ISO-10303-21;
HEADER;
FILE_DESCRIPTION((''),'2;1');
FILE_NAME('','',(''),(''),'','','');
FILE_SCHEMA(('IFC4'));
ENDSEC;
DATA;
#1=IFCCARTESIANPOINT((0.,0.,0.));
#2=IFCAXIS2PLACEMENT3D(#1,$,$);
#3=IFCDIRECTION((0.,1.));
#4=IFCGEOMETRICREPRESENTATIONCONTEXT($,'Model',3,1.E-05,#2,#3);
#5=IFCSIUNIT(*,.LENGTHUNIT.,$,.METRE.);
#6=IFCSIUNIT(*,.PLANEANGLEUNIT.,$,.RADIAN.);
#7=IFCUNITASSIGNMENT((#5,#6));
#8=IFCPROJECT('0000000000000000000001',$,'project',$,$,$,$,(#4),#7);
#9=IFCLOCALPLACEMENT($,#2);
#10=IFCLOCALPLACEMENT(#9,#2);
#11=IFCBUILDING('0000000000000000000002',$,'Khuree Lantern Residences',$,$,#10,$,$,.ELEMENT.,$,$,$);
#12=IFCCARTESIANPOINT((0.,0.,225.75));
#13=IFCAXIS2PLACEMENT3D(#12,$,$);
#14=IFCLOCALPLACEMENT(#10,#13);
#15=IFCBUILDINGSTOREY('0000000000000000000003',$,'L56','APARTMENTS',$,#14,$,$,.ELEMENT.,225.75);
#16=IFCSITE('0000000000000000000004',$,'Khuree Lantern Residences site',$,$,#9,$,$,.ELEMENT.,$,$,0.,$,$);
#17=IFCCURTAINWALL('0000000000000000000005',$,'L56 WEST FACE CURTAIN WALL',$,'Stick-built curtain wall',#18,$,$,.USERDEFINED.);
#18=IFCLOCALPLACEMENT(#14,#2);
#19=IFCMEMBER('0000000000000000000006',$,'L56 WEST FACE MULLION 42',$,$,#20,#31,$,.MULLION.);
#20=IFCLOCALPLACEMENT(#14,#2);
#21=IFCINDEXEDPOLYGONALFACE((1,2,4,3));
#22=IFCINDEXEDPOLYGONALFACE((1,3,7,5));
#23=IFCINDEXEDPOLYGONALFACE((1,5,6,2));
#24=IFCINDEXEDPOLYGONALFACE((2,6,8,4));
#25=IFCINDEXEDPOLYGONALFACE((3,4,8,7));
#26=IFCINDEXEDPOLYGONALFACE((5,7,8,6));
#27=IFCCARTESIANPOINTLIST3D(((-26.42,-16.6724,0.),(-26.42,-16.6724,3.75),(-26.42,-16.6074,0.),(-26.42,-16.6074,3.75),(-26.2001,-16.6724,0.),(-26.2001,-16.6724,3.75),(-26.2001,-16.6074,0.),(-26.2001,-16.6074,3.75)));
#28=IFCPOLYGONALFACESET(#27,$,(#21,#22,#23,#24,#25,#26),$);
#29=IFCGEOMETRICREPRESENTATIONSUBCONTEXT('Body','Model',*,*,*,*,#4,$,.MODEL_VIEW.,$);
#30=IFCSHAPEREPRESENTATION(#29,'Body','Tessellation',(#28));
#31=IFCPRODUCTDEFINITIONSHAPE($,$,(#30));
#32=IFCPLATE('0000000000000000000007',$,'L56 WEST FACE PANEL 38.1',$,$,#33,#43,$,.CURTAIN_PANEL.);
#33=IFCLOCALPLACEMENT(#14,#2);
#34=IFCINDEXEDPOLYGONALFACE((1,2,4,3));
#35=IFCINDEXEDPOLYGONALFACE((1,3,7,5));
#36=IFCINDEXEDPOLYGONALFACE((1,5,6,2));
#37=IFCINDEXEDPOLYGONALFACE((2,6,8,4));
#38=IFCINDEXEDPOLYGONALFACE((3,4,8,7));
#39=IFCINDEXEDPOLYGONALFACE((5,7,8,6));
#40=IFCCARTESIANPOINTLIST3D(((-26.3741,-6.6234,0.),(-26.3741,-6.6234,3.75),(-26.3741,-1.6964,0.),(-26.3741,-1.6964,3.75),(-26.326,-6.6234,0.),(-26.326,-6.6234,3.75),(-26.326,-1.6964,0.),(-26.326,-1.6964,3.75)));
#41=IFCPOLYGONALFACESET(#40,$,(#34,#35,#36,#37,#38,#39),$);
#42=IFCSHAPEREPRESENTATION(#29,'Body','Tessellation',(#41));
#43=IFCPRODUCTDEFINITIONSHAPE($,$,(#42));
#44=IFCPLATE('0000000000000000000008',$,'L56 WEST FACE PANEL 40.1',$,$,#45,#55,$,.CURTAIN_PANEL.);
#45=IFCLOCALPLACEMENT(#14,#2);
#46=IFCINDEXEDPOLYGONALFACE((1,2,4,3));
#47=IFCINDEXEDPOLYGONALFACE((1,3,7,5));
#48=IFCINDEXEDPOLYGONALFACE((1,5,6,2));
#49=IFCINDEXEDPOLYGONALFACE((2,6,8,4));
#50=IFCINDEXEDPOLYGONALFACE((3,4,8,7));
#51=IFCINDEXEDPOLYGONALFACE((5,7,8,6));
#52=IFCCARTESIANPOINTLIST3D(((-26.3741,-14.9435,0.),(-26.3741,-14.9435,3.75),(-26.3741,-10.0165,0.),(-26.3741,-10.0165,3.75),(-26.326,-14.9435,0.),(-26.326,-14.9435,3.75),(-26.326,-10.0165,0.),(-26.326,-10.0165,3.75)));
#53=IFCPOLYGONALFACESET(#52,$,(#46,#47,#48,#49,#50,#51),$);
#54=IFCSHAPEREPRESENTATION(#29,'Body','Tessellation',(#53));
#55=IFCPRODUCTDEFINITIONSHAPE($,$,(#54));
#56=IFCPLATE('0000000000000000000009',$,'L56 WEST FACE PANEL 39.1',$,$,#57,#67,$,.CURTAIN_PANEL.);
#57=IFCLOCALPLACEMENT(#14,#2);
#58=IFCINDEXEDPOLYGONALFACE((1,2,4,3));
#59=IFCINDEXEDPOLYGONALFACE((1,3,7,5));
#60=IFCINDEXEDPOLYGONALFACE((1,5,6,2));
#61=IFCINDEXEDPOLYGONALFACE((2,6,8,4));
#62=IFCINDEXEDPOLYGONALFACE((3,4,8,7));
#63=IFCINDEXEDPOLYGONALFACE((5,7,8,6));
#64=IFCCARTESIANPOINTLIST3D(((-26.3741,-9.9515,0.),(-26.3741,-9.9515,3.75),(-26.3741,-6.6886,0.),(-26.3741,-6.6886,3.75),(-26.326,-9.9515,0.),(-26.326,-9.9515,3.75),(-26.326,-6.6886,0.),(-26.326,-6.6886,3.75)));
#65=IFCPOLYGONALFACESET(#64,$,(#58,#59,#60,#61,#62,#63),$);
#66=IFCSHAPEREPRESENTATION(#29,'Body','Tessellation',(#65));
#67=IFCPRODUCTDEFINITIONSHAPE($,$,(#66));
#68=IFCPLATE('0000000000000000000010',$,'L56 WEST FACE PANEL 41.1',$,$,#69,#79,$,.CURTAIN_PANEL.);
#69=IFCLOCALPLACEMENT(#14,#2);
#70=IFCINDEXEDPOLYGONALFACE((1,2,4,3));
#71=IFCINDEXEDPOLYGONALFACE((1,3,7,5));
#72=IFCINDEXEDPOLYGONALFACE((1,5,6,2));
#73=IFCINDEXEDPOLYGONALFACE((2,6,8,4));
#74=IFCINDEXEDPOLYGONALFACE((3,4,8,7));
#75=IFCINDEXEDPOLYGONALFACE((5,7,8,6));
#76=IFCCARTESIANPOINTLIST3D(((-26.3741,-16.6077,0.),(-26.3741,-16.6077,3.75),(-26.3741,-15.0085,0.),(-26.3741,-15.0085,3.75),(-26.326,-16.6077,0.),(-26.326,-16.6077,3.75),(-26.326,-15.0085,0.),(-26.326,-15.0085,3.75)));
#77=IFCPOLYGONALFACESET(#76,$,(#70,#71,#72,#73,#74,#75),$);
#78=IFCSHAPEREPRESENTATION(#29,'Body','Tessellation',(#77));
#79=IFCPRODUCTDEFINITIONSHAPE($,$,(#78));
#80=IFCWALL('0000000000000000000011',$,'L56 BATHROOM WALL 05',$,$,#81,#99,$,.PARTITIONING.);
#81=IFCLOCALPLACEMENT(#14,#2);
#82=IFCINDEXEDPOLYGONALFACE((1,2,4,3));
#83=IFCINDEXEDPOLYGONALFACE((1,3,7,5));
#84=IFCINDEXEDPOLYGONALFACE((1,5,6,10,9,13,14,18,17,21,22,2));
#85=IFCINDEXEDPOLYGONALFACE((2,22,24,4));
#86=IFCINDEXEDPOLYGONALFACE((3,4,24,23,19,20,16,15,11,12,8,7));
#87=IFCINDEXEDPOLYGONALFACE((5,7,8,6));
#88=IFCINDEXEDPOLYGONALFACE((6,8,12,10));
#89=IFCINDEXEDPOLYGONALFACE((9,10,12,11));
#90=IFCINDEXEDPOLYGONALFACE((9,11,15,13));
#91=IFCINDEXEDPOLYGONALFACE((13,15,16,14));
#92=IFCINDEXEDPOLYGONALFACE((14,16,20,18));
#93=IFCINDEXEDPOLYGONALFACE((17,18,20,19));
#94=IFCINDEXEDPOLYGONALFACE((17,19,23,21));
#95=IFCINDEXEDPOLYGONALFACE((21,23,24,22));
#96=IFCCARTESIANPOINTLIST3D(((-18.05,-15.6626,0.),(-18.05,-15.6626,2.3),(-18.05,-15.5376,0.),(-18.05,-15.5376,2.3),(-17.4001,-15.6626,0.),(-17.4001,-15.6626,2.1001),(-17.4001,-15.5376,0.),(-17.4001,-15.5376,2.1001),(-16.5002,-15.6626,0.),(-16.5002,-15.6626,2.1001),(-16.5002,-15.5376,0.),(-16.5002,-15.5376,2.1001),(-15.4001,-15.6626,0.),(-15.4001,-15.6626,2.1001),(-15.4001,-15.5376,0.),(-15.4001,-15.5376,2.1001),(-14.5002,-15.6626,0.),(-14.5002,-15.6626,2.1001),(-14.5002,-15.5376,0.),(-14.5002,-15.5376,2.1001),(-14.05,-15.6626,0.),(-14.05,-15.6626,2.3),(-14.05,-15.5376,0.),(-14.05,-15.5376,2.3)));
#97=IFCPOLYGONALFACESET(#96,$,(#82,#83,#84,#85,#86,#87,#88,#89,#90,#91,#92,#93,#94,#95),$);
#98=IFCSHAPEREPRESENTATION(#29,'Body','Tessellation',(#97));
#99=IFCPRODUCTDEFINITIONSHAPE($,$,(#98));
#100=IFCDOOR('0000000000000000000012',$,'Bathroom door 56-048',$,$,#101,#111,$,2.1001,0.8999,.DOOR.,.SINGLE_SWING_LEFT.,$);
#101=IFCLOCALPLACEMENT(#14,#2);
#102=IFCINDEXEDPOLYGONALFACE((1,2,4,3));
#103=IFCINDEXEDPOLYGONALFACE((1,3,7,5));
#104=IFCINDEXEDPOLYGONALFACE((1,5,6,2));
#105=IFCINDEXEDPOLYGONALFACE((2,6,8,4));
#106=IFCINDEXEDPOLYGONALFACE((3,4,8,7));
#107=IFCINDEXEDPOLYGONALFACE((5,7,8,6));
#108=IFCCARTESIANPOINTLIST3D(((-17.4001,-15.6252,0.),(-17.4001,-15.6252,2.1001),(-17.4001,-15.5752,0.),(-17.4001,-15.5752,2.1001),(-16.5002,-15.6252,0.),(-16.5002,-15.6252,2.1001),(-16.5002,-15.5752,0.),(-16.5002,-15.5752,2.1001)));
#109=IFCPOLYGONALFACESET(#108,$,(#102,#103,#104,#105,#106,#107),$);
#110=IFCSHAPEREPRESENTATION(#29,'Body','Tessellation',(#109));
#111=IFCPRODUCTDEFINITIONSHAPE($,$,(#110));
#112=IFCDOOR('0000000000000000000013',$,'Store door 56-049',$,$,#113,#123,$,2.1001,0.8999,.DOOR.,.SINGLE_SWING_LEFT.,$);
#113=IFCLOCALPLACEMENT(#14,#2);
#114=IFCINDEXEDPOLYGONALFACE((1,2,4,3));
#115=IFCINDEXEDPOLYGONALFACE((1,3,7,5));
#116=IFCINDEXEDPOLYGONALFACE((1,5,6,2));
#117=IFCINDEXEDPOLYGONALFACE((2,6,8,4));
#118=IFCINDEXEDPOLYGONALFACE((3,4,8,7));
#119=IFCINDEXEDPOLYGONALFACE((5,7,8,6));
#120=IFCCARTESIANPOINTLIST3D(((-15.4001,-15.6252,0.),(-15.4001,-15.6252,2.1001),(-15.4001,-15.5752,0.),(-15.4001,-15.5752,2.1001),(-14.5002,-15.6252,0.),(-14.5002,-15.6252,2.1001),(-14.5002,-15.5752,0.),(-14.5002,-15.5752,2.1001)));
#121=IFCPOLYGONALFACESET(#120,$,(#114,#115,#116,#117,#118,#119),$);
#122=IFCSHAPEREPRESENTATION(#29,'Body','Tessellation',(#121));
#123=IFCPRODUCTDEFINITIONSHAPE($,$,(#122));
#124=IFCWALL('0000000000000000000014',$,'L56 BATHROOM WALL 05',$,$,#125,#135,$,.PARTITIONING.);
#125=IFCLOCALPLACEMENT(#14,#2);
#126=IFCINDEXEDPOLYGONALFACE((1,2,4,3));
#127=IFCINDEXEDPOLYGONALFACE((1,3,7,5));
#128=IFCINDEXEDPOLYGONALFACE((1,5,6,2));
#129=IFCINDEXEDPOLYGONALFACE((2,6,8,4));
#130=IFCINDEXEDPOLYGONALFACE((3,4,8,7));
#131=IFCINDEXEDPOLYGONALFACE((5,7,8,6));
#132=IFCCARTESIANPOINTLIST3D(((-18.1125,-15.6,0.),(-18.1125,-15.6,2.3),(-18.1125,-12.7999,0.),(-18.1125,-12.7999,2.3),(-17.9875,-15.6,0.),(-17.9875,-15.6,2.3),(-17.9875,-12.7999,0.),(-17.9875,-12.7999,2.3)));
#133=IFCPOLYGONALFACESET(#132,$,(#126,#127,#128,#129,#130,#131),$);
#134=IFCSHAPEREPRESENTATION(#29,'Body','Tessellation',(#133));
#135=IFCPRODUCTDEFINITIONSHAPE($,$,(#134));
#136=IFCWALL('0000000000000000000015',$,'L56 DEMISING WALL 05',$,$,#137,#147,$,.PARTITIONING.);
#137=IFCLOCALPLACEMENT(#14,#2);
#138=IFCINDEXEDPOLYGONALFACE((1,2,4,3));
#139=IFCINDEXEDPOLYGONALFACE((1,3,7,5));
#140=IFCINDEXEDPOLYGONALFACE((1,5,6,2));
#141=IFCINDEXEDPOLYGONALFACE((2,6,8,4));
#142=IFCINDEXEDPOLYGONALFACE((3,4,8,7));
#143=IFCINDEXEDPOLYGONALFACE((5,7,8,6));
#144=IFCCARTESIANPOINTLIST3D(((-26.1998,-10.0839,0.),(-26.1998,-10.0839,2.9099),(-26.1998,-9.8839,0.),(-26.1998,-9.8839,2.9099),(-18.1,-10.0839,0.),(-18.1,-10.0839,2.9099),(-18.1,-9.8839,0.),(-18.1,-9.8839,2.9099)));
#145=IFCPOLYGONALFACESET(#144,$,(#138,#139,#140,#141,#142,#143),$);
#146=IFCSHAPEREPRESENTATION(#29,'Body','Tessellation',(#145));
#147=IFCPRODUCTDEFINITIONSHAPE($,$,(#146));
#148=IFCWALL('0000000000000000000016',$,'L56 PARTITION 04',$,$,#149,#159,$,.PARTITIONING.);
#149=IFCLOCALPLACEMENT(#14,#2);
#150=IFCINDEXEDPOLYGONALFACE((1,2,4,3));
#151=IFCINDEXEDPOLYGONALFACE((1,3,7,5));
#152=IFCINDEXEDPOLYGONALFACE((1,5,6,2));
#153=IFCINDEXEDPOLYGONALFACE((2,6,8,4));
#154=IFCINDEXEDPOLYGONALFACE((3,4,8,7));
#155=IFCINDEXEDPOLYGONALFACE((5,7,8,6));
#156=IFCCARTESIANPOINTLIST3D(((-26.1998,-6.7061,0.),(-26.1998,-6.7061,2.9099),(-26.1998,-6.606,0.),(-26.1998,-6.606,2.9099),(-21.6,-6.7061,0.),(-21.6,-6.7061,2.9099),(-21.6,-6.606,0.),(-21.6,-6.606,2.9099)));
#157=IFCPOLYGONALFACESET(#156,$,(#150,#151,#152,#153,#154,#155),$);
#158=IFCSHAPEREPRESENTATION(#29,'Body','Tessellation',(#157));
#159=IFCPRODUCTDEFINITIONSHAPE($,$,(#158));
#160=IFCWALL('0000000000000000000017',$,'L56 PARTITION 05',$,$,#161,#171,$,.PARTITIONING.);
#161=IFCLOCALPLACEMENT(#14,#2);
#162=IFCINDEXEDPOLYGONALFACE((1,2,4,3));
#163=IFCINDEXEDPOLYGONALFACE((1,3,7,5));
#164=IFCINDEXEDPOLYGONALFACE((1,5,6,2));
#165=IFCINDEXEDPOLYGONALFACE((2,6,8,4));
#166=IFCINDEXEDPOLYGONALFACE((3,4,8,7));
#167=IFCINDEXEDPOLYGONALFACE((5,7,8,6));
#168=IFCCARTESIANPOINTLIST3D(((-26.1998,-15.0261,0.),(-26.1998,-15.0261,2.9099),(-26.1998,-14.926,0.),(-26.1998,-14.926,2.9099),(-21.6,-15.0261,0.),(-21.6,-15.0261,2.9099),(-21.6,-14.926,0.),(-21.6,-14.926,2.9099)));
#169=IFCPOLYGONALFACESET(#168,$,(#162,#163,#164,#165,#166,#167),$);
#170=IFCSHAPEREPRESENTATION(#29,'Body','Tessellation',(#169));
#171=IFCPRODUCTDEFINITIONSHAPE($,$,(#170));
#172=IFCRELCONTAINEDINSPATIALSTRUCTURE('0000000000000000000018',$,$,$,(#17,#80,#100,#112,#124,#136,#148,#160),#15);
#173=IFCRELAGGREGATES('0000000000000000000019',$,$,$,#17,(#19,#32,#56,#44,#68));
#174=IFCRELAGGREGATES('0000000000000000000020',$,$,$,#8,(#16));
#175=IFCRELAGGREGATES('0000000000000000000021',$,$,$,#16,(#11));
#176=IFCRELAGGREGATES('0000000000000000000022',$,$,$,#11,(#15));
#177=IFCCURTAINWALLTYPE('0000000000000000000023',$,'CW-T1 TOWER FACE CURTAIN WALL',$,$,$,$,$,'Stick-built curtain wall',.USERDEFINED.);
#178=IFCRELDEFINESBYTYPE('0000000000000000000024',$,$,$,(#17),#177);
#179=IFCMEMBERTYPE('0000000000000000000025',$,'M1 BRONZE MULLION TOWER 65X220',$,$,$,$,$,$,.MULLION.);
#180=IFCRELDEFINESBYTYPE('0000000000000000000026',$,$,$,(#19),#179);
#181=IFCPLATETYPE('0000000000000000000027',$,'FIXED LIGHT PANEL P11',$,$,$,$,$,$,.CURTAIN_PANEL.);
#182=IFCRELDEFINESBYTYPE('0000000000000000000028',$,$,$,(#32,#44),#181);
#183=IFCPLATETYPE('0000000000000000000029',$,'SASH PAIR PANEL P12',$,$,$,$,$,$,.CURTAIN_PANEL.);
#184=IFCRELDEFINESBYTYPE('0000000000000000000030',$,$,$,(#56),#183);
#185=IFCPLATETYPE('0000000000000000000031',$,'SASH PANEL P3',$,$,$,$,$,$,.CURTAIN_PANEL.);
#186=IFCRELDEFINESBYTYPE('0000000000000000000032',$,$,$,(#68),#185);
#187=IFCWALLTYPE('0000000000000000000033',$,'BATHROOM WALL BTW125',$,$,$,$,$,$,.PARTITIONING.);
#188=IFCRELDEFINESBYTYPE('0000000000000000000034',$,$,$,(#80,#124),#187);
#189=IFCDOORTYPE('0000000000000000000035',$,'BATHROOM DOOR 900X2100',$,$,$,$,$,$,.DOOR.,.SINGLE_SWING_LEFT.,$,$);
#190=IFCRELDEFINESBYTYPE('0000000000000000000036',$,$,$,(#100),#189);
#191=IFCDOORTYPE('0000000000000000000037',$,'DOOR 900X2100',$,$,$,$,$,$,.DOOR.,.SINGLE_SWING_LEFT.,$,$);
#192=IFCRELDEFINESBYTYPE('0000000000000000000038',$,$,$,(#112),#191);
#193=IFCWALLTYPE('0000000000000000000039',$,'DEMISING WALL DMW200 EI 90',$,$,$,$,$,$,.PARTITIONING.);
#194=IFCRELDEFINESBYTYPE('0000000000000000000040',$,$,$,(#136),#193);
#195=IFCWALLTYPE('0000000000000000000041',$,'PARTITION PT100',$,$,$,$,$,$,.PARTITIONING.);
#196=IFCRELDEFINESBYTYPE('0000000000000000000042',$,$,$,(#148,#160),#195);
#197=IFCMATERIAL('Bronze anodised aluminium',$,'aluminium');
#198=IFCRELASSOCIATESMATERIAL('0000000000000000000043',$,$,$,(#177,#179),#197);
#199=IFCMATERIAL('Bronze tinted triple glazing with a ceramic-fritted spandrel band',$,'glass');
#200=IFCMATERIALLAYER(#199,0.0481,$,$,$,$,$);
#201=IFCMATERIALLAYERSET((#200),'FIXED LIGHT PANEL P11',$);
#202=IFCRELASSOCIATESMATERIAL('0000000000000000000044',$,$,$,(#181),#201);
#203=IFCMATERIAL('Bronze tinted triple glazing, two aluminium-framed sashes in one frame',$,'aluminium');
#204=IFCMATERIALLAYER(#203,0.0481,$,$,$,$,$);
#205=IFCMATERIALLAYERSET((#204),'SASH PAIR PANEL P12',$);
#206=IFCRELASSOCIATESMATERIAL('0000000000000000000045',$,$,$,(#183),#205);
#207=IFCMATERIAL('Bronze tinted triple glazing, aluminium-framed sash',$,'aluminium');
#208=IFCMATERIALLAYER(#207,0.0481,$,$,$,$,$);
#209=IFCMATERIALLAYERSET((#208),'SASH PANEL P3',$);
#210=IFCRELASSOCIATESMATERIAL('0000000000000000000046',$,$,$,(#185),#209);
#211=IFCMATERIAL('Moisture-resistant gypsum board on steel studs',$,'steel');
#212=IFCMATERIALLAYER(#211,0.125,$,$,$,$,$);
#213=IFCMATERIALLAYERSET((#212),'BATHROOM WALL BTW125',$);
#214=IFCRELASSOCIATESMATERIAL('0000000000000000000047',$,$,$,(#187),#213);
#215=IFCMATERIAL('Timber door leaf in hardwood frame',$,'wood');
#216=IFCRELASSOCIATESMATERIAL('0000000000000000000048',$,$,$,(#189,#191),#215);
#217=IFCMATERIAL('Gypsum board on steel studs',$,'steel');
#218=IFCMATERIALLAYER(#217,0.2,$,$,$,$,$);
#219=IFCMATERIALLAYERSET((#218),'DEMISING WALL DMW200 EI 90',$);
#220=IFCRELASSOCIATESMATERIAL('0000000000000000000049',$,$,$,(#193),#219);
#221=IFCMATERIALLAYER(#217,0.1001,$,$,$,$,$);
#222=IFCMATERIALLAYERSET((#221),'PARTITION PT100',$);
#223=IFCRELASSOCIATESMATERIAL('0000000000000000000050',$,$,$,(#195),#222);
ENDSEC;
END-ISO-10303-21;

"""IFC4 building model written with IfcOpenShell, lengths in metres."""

from ifc_helpers import new_model, si_unit, direction, frame, frame_2d, origin, origin_2d, place, context, subcontext, project, spatial, rectangle, extrude, material, layer, layer_set, material_profile, profile_set, type_object, element, fill, aggregate, save


model = new_model("IFC4")

# Units and contexts
model_context = context("Model", 3, precision=1e-05, world=origin(), true_north=direction((0.0, 1.0)))
body_context = subcontext(model_context, "Body", "Model", "MODEL_VIEW")
ifc_project = project(units=[si_unit("LENGTHUNIT", "METRE"), si_unit("PLANEANGLEUNIT", "RADIAN")], contexts=[model_context])

# Site, building, storey
site_placement = place(None, origin())
site = spatial("IfcSite", under=ifc_project, at=site_placement, Name="Khuree Lantern Residences site", CompositionType="ELEMENT", RefElevation=0.0)
building_placement = place(site_placement, origin())
building = spatial("IfcBuilding", under=site, at=building_placement, Name="Khuree Lantern Residences", CompositionType="ELEMENT")
storey_placement = place(building_placement, frame((0.0, 0.0, 225.75)))
storey = spatial("IfcBuildingStorey", under=building, at=storey_placement, Name="L56", Description="APARTMENTS", CompositionType="ELEMENT", Elevation=225.75)

# Curtain wall
ifc_material_1 = material(Name="Bronze anodised aluminium", Category="aluminium")
curtain_wall_type = type_object("IfcCurtainWallType", Name="CW-T1 TOWER FACE CURTAIN WALL", ElementType="Stick-built curtain wall", PredefinedType="USERDEFINED", material=ifc_material_1)
curtain_wall_placement = place(storey_placement, origin())
curtain_wall = element("IfcCurtainWall", 1, at=curtain_wall_placement, inside=storey, type_object=curtain_wall_type, Name="L56 WEST FACE CURTAIN WALL", ObjectType="Stick-built curtain wall", PredefinedType="USERDEFINED")

# Member
ifc_material_profile_1 = material_profile(ifc_material_1, rectangle(XDim=0.0649, YDim=0.22, at=origin_2d()), Name="M1 65X220")
ifc_profile_set_1 = profile_set([ifc_material_profile_1], Name="Bronze anodised aluminium")
member_type_1 = type_object("IfcMemberType", Name="M1 BRONZE MULLION TOWER 65X220", PredefinedType="MULLION", material=ifc_profile_set_1)
member_1_placement = place(storey_placement, frame((-26.3101, -16.6399, 0.0), z_axis=(0.0, 0.0, 1.0), x_axis=(0.0, -1.0, 0.0)))
member_1 = element("IfcMember", 2, at=member_1_placement, type_object=member_type_1, Name="L56 WEST FACE MULLION 42", PredefinedType="MULLION", context=body_context, shape_type="SweptSolid", body=[
    extrude(rectangle(XDim=0.0649, YDim=0.22, at=origin_2d()), origin(), (0.0, 0.0, 1.0), 3.75),
])

# Plates
ifc_material_2 = material(Name="Bronze tinted triple glazing with a ceramic-fritted spandrel band", Category="glass")
ifc_layer_1 = layer(ifc_material_2, 0.0481)
ifc_layer_set_1 = layer_set([ifc_layer_1], Name="FIXED LIGHT PANEL P11")
plate_type_1 = type_object("IfcPlateType", Name="FIXED LIGHT PANEL P11", PredefinedType="CURTAIN_PANEL", material=ifc_layer_set_1)
plate_1_placement = place(storey_placement, frame((-26.3501, -4.1599, 0.0), z_axis=(0.0, 0.0, 1.0), x_axis=(0.0, -1.0, 0.0)))
plate_1 = element("IfcPlate", 3, at=plate_1_placement, type_object=plate_type_1, Name="L56 WEST FACE PANEL 38.1", PredefinedType="CURTAIN_PANEL", context=body_context, shape_type="SweptSolid", body=[
    extrude(rectangle(XDim=4.927, YDim=0.0481, at=origin_2d()), origin(), (0.0, 0.0, 1.0), 3.75),
])
plate_2_placement = place(storey_placement, frame((-26.3501, -12.48, 0.0), z_axis=(0.0, 0.0, 1.0), x_axis=(0.0, -1.0, 0.0)))
plate_2 = element("IfcPlate", 4, at=plate_2_placement, type_object=plate_type_1, Name="L56 WEST FACE PANEL 40.1", PredefinedType="CURTAIN_PANEL", context=body_context, shape_type="SweptSolid", body=[
    extrude(rectangle(XDim=4.927, YDim=0.0481, at=origin_2d()), origin(), (0.0, 0.0, 1.0), 3.75),
])
ifc_material_3 = material(Name="Bronze tinted triple glazing, two aluminium-framed sashes in one frame", Category="aluminium")
ifc_layer_2 = layer(ifc_material_3, 0.0481)
ifc_layer_set_2 = layer_set([ifc_layer_2], Name="SASH PAIR PANEL P12")
plate_type_2 = type_object("IfcPlateType", Name="SASH PAIR PANEL P12", PredefinedType="CURTAIN_PANEL", material=ifc_layer_set_2)
plate_3_placement = place(storey_placement, frame((-26.3501, -8.3201, 0.0), z_axis=(0.0, 0.0, 1.0), x_axis=(0.0, -1.0, 0.0)))
plate_3 = element("IfcPlate", 5, at=plate_3_placement, type_object=plate_type_2, Name="L56 WEST FACE PANEL 39.1", PredefinedType="CURTAIN_PANEL", context=body_context, shape_type="SweptSolid", body=[
    extrude(rectangle(XDim=3.2629, YDim=0.0481, at=origin_2d()), origin(), (0.0, 0.0, 1.0), 3.75),
])
ifc_material_4 = material(Name="Bronze tinted triple glazing, aluminium-framed sash", Category="aluminium")
ifc_layer_3 = layer(ifc_material_4, 0.0481)
ifc_layer_set_3 = layer_set([ifc_layer_3], Name="SASH PANEL P3")
plate_type_3 = type_object("IfcPlateType", Name="SASH PANEL P3", PredefinedType="CURTAIN_PANEL", material=ifc_layer_set_3)
plate_4_placement = place(storey_placement, frame((-26.3501, -15.8081, 0.0), z_axis=(0.0, 0.0, 1.0), x_axis=(0.0, -1.0, 0.0)))
plate_4 = element("IfcPlate", 6, at=plate_4_placement, type_object=plate_type_3, Name="L56 WEST FACE PANEL 41.1", PredefinedType="CURTAIN_PANEL", context=body_context, shape_type="SweptSolid", body=[
    extrude(rectangle(XDim=1.5991, YDim=0.0481, at=origin_2d()), origin(), (0.0, 0.0, 1.0), 3.75),
])
aggregate(curtain_wall, [member_1, plate_1, plate_3, plate_2, plate_4])

# Wall, openings, doors
ifc_material_5 = material(Name="Moisture-resistant gypsum board on steel studs", Category="steel")
ifc_layer_4 = layer(ifc_material_5, 0.125)
ifc_layer_set_4 = layer_set([ifc_layer_4], Name="BATHROOM WALL BTW125")
wall_type_1 = type_object("IfcWallType", Name="BATHROOM WALL BTW125", PredefinedType="PARTITIONING", material=ifc_layer_set_4)
wall_1_placement = place(storey_placement, frame((-18.05, -15.6001, 0.0), z_axis=(0.0, 0.0, 1.0), x_axis=(1.0, 0.0, 0.0)))
wall_1 = element("IfcWall", 7, at=wall_1_placement, inside=storey, type_object=wall_type_1, Name="L56 BATHROOM WALL 05", PredefinedType="PARTITIONING", context=body_context, shape_type="SweptSolid", body=[
    extrude(rectangle(XDim=4.0, YDim=0.125, at=frame_2d((2.0, 0.0))), origin(), (0.0, 0.0, 1.0), 2.3),
])
opening_1_placement = place(wall_1_placement, frame((0.6499, 0.0, 0.0)))
opening_1 = element("IfcOpeningElement", 8, at=opening_1_placement, cuts=wall_1, PredefinedType="OPENING", context=body_context, shape_type="SweptSolid", body=[
    extrude(rectangle(XDim=0.8999, YDim=2.1001, at=frame_2d((0.45, 1.05))), frame((0.0, 0.0725, 0.0), z_axis=(0.0, -1.0, 0.0), x_axis=(1.0, 0.0, 0.0)), (0.0, 0.0, 1.0), 0.145),
])
opening_2_placement = place(wall_1_placement, frame((2.6499, 0.0, 0.0)))
opening_2 = element("IfcOpeningElement", 9, at=opening_2_placement, cuts=wall_1, PredefinedType="OPENING", context=body_context, shape_type="SweptSolid", body=[
    extrude(rectangle(XDim=0.8999, YDim=2.1001, at=frame_2d((0.45, 1.05))), frame((0.0, 0.0725, 0.0), z_axis=(0.0, -1.0, 0.0), x_axis=(1.0, 0.0, 0.0)), (0.0, 0.0, 1.0), 0.145),
])
ifc_material_6 = material(Name="Timber door leaf in hardwood frame", Category="wood")
door_type_1 = type_object("IfcDoorType", Name="BATHROOM DOOR 900X2100", OperationType="SINGLE_SWING_LEFT", PredefinedType="DOOR", material=ifc_material_6)
door_1_placement = place(opening_1_placement, origin())
door_1 = element("IfcDoor", 10, at=door_1_placement, inside=storey, type_object=door_type_1, Name="Bathroom door 56-048", OperationType="SINGLE_SWING_LEFT", OverallHeight=2.1001, OverallWidth=0.8999, PredefinedType="DOOR", context=body_context, shape_type="SweptSolid", body=[
    extrude(rectangle(XDim=0.8999, YDim=2.1001, at=frame_2d((0.45, 1.05))), frame((0.0, 0.0249, 0.0), z_axis=(0.0, -1.0, 0.0), x_axis=(1.0, 0.0, 0.0)), (0.0, 0.0, 1.0), 0.05),
])
fill(opening_1, door_1)
door_type_2 = type_object("IfcDoorType", Name="DOOR 900X2100", OperationType="SINGLE_SWING_LEFT", PredefinedType="DOOR", material=ifc_material_6)
door_2_placement = place(opening_2_placement, origin())
door_2 = element("IfcDoor", 11, at=door_2_placement, inside=storey, type_object=door_type_2, Name="Store door 56-049", OperationType="SINGLE_SWING_LEFT", OverallHeight=2.1001, OverallWidth=0.8999, PredefinedType="DOOR", context=body_context, shape_type="SweptSolid", body=[
    extrude(rectangle(XDim=0.8999, YDim=2.1001, at=frame_2d((0.45, 1.05))), frame((0.0, 0.0249, 0.0), z_axis=(0.0, -1.0, 0.0), x_axis=(1.0, 0.0, 0.0)), (0.0, 0.0, 1.0), 0.05),
])
fill(opening_2, door_2)

# Walls
wall_2_placement = place(storey_placement, frame((-18.05, -12.8, 0.0), z_axis=(0.0, 0.0, 1.0), x_axis=(0.0, -1.0, 0.0)))
element("IfcWall", 12, at=wall_2_placement, inside=storey, type_object=wall_type_1, Name="L56 BATHROOM WALL 05", PredefinedType="PARTITIONING", context=body_context, shape_type="SweptSolid", body=[
    extrude(rectangle(XDim=2.8, YDim=0.125, at=frame_2d((1.3999, 0.0))), origin(), (0.0, 0.0, 1.0), 2.3),
])
ifc_material_7 = material(Name="Gypsum board on steel studs", Category="steel")
ifc_layer_5 = layer(ifc_material_7, 0.2)
ifc_layer_set_5 = layer_set([ifc_layer_5], Name="DEMISING WALL DMW200 EI 90")
wall_type_2 = type_object("IfcWallType", Name="DEMISING WALL DMW200 EI 90", PredefinedType="PARTITIONING", material=ifc_layer_set_5)
wall_3_placement = place(storey_placement, frame((-18.1001, -9.9839, 0.0), z_axis=(0.0, 0.0, 1.0), x_axis=(-1.0, 0.0, 0.0)))
element("IfcWall", 13, at=wall_3_placement, inside=storey, type_object=wall_type_2, Name="L56 DEMISING WALL 05", PredefinedType="PARTITIONING", context=body_context, shape_type="SweptSolid", body=[
    extrude(rectangle(XDim=8.0999, YDim=0.2, at=frame_2d((4.0498, 0.0))), origin(), (0.0, 0.0, 1.0), 2.9099),
])
ifc_layer_6 = layer(ifc_material_7, 0.1001)
ifc_layer_set_6 = layer_set([ifc_layer_6], Name="PARTITION PT100")
wall_type_3 = type_object("IfcWallType", Name="PARTITION PT100", PredefinedType="PARTITIONING", material=ifc_layer_set_6)
for number, where, z_axis, x_axis, name in (
    (14, (-21.6001, -6.656, 0.0), (0.0, 0.0, 1.0), (-1.0, 0.0, 0.0), "L56 PARTITION 04"),
    (15, (-21.6001, -14.9761, 0.0), (0.0, 0.0, 1.0), (-1.0, 0.0, 0.0), "L56 PARTITION 05"),
):
    element("IfcWall", number, at=place(storey_placement, frame(where, z_axis=z_axis, x_axis=x_axis)), inside=storey, type_object=wall_type_3, Name=name, PredefinedType="PARTITIONING", context=body_context, shape_type="SweptSolid", body=[
        extrude(rectangle(XDim=4.5999, YDim=0.1001, at=frame_2d((2.2998, 0.0))), origin(), (0.0, 0.0, 1.0), 2.9099),
    ])

save(model, "model.ifc")
